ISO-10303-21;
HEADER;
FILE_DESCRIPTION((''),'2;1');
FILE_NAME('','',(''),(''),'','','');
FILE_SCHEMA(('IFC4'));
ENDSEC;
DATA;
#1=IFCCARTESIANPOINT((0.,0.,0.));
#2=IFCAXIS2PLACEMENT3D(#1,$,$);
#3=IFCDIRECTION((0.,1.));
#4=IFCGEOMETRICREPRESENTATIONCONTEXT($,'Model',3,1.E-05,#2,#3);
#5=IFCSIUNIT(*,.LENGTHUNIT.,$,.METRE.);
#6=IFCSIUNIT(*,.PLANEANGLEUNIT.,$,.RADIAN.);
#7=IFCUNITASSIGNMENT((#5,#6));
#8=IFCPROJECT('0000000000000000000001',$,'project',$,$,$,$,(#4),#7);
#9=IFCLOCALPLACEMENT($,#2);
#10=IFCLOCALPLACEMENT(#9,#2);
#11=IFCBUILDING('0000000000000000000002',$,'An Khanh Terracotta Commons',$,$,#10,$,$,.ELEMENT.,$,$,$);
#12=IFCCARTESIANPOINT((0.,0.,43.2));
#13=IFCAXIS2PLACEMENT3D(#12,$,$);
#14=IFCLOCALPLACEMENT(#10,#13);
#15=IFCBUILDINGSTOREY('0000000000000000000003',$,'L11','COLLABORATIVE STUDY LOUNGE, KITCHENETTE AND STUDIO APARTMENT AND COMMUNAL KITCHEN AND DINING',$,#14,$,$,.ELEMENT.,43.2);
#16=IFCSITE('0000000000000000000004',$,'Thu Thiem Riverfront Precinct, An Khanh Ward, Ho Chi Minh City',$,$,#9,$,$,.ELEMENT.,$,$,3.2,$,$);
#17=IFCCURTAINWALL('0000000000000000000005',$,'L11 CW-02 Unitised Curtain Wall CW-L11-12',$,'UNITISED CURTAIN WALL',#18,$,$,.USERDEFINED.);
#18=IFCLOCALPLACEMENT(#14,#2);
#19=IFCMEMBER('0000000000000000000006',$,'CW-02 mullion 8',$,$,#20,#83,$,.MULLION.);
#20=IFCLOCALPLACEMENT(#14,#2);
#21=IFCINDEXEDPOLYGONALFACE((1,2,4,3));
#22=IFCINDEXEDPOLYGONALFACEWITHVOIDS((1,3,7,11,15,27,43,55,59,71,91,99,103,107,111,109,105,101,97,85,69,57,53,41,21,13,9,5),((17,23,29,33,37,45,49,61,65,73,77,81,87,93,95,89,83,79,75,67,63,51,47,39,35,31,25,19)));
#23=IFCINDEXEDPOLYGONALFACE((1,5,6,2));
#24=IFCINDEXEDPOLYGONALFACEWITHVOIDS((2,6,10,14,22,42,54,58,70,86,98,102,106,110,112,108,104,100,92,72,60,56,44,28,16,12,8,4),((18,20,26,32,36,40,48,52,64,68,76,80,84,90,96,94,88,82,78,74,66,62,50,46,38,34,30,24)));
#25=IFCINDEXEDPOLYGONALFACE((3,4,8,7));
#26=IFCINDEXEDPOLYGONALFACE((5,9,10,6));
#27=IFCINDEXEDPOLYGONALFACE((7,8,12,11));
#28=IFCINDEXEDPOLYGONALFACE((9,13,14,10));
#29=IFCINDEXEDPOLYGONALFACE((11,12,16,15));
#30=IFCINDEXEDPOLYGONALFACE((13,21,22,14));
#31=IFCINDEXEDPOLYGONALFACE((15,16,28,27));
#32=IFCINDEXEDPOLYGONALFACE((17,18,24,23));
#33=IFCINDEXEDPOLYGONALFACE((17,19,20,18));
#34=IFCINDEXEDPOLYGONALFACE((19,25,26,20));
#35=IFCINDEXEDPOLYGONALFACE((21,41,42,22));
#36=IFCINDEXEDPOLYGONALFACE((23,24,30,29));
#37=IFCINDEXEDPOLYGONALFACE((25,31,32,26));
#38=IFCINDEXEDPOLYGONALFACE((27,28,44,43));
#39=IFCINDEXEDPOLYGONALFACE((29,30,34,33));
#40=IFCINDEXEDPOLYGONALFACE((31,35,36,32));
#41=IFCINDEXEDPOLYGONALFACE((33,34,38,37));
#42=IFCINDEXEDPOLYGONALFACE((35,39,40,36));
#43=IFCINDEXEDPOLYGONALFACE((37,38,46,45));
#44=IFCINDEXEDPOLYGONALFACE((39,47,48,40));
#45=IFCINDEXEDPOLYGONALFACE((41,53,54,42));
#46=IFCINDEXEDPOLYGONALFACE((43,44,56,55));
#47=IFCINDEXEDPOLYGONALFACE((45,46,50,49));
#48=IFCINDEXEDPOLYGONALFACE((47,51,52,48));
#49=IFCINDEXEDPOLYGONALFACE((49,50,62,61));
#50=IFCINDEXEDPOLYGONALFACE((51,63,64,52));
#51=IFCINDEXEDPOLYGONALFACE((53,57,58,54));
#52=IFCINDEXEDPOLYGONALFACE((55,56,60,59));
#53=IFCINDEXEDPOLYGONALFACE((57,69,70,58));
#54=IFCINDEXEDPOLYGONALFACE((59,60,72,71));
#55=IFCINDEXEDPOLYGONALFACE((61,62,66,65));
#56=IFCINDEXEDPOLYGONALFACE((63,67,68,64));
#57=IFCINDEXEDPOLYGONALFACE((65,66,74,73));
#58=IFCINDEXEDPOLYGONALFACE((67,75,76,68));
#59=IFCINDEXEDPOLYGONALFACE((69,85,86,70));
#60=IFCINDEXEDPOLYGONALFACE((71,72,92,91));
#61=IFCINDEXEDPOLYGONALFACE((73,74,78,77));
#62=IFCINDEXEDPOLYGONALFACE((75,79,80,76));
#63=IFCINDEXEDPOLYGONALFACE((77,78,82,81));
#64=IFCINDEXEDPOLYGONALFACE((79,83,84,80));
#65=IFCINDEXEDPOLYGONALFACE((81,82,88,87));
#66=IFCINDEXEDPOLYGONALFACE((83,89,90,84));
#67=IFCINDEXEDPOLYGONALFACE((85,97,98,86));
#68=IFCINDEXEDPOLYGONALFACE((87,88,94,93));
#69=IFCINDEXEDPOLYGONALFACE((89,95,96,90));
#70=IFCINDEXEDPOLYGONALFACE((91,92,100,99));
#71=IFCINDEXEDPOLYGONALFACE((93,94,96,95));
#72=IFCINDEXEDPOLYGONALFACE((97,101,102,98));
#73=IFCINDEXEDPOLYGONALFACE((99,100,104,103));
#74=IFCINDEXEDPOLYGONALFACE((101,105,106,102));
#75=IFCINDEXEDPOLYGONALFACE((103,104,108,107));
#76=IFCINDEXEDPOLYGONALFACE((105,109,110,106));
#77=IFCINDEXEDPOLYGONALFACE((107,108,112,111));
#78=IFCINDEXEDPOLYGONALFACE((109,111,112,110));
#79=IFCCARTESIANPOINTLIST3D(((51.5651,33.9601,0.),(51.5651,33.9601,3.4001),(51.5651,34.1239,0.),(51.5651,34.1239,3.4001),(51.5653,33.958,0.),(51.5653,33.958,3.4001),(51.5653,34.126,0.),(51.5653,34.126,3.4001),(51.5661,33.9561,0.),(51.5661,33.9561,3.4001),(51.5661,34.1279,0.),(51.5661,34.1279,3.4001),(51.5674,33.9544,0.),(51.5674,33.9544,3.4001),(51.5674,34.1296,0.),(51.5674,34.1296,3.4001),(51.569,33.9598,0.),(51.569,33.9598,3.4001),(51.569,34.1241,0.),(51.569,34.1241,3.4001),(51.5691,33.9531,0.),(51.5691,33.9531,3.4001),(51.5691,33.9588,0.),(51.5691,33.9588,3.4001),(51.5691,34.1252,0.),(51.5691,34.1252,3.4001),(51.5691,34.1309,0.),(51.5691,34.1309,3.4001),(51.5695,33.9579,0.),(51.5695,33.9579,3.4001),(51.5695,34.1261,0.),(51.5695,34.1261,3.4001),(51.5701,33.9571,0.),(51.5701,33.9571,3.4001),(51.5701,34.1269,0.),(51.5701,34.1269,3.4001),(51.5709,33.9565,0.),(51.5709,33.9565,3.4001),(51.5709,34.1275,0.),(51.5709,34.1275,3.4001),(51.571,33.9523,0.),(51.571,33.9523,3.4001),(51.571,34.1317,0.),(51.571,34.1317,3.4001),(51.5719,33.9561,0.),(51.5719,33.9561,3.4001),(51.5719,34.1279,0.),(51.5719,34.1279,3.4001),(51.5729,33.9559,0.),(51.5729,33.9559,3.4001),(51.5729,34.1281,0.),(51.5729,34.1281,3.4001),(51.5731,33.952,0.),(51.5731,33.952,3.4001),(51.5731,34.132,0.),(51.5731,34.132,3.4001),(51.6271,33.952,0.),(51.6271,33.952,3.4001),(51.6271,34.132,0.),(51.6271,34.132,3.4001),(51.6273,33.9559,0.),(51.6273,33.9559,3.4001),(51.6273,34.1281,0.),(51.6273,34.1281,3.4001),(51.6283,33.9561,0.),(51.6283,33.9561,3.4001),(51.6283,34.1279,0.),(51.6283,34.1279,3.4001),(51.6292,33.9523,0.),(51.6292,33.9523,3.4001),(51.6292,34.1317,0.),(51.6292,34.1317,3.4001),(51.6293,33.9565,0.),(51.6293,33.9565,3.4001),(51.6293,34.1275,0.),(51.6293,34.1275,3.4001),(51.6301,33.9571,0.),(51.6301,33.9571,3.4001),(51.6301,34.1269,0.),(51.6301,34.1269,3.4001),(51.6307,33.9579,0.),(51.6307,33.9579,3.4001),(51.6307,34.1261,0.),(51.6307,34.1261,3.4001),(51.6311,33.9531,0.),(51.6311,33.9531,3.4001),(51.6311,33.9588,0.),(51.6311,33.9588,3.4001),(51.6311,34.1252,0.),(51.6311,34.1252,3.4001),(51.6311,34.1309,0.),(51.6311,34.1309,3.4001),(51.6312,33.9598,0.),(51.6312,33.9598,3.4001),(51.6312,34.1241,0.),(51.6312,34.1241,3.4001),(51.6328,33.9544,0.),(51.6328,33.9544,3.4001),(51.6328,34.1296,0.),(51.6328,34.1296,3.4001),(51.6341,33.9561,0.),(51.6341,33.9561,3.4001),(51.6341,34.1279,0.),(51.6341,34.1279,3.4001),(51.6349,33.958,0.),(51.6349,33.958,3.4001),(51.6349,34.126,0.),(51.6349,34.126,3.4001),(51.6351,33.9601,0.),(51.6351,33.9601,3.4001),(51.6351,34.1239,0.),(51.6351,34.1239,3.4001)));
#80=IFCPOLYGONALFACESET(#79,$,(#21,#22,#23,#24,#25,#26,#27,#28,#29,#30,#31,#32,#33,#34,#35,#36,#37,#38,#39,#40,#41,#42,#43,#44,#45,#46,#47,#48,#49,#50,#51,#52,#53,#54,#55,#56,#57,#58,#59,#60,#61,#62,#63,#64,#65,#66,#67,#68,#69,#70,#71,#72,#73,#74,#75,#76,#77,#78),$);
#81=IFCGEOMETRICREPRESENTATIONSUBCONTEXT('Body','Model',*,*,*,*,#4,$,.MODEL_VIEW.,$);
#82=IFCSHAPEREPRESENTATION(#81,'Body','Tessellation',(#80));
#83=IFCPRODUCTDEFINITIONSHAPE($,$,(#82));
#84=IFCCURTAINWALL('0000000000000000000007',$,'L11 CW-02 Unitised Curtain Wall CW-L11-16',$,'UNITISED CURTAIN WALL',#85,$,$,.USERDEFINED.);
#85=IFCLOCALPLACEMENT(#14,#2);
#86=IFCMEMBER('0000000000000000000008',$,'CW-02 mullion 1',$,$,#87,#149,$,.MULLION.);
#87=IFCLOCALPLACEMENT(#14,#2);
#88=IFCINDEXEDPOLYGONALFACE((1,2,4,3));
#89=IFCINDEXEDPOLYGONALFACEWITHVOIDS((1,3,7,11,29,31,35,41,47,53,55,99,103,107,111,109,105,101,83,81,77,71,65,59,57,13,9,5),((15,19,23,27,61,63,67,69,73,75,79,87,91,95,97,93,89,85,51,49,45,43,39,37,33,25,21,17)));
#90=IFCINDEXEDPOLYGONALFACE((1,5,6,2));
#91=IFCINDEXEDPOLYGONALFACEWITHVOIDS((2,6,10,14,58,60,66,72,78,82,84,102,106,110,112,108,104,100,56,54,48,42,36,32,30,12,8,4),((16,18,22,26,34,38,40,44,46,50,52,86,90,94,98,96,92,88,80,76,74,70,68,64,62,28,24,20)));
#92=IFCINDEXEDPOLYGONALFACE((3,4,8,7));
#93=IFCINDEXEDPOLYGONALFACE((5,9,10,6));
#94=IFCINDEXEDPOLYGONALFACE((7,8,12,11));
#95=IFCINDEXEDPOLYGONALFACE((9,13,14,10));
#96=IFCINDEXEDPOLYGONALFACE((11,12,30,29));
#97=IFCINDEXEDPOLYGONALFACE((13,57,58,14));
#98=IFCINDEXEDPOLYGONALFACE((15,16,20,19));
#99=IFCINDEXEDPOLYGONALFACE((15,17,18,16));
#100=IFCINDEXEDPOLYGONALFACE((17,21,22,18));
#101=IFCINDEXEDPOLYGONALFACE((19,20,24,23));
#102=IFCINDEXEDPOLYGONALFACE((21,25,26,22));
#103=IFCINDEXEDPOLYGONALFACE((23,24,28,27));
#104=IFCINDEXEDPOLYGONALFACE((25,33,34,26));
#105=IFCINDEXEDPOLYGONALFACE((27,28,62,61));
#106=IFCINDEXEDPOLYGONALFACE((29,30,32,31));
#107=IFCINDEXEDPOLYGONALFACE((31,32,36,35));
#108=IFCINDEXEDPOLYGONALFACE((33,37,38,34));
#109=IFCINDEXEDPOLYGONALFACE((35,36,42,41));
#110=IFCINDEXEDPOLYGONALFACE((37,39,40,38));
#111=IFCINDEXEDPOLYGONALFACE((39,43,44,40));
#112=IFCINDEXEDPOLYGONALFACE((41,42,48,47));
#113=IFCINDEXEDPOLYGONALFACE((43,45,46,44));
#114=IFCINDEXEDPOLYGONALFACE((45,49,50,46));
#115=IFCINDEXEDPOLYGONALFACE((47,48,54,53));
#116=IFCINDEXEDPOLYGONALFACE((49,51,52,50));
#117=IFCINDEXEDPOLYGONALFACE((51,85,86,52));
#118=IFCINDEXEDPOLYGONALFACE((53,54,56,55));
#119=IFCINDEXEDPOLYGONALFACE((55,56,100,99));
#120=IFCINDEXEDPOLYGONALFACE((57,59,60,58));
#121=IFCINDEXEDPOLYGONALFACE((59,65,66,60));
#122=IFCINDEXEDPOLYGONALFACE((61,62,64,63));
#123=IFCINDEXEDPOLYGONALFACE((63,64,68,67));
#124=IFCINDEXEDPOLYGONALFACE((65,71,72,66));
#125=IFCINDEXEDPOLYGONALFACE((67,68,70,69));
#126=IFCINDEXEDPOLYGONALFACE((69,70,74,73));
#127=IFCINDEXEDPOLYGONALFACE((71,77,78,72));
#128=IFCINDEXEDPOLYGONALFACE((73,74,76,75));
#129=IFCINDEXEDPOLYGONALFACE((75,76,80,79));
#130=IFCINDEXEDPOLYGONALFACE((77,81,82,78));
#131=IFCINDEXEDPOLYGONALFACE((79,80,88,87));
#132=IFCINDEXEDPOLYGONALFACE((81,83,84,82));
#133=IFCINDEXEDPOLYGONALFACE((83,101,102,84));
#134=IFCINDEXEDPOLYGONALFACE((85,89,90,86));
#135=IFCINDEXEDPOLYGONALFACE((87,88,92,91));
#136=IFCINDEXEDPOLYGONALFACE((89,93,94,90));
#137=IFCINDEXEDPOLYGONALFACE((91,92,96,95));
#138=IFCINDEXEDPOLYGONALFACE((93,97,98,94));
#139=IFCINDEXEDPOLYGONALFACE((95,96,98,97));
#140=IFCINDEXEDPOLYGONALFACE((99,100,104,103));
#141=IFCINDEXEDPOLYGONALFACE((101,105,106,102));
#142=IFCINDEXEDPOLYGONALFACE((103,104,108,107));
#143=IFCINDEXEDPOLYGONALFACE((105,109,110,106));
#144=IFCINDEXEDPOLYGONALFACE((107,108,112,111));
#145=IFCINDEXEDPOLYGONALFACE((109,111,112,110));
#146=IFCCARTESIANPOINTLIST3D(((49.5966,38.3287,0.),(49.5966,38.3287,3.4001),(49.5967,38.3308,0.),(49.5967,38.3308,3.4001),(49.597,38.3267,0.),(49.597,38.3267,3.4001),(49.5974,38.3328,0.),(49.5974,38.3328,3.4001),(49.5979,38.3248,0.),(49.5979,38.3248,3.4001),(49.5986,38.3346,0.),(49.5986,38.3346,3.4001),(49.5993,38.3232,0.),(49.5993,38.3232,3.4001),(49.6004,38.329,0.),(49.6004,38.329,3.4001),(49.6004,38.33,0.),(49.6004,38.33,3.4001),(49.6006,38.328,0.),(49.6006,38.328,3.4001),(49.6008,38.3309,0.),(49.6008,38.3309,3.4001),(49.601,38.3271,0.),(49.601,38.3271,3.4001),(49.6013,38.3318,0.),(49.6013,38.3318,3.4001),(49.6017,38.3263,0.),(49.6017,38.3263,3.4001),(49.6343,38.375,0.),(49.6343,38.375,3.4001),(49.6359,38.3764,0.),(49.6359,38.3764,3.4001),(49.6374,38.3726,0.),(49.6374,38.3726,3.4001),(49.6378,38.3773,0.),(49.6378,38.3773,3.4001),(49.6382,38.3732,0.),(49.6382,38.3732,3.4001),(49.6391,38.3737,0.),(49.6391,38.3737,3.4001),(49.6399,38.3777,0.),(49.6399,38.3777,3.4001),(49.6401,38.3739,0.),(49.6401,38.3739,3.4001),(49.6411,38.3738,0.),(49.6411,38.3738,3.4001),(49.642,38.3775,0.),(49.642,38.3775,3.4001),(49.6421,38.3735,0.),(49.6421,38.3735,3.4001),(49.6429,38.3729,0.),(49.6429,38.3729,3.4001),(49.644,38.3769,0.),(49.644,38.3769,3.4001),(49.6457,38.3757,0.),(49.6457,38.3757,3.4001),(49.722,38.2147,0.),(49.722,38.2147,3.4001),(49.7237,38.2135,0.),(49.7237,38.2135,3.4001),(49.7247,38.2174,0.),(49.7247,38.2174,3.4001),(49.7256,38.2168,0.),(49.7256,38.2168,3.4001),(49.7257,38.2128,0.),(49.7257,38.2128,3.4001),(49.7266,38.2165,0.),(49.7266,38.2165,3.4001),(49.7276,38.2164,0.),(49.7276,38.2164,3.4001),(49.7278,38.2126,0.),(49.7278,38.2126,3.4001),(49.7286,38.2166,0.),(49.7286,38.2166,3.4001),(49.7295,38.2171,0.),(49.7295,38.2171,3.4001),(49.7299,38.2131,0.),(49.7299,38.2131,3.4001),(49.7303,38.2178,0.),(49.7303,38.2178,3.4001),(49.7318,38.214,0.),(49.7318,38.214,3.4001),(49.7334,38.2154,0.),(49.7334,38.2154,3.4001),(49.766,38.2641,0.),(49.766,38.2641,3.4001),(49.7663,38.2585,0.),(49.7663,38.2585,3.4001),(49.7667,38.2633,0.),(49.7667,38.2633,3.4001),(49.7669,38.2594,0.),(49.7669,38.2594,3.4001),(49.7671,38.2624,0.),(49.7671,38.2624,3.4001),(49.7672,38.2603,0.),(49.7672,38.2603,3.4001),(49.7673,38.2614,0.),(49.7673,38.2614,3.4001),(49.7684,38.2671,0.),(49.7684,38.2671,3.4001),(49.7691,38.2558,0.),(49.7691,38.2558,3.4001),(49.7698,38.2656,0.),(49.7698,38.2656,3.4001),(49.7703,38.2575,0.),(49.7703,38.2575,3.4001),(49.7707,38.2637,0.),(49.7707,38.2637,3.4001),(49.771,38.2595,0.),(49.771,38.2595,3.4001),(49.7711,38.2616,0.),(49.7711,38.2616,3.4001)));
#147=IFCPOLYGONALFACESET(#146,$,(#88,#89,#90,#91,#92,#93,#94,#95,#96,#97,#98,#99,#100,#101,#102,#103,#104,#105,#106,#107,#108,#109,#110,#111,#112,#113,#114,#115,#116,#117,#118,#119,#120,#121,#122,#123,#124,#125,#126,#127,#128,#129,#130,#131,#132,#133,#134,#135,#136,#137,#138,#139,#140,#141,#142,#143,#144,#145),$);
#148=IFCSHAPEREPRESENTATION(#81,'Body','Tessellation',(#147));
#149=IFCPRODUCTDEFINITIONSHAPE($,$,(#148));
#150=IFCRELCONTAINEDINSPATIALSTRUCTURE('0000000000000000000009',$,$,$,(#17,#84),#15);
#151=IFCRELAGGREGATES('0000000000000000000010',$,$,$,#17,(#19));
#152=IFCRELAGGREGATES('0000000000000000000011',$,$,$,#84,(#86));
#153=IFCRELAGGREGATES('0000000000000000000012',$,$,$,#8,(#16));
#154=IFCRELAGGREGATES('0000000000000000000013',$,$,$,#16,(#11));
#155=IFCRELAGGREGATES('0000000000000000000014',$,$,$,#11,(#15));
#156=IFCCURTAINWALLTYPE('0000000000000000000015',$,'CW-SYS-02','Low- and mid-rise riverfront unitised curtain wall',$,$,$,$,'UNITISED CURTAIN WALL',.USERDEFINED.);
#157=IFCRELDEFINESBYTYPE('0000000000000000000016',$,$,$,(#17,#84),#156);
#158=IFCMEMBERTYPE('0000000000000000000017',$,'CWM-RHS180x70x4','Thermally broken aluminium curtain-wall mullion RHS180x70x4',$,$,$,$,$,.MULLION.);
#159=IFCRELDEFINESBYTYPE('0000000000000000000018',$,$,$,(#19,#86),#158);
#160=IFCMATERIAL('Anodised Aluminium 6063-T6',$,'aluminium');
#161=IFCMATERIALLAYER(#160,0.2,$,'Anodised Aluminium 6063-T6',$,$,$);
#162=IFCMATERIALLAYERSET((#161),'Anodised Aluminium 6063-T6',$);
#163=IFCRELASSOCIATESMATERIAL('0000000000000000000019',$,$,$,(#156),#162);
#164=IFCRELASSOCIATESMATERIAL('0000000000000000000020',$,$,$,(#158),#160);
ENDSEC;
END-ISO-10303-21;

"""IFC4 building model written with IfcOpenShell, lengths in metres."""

from ifc_helpers import new_model, si_unit, direction, frame, origin, origin_2d, place, context, subcontext, project, spatial, hollow_rectangle, extrude, material, layer, layer_set, material_profile, profile_set, type_object, element, aggregate, save


model = new_model("IFC4")

# Units and contexts
model_context = context("Model", 3, precision=1e-05, world=origin(), true_north=direction((0.0, 1.0)))
body_context = subcontext(model_context, "Body", "Model", "MODEL_VIEW")
ifc_project = project(units=[si_unit("LENGTHUNIT", "METRE"), si_unit("PLANEANGLEUNIT", "RADIAN")], contexts=[model_context])

# Site, building, storey
site_placement = place(None, origin())
site = spatial("IfcSite", under=ifc_project, at=site_placement, Name="Thu Thiem Riverfront Precinct, An Khanh Ward, Ho Chi Minh City", CompositionType="ELEMENT", RefElevation=3.2)
building_placement = place(site_placement, origin())
building = spatial("IfcBuilding", under=site, at=building_placement, Name="An Khanh Terracotta Commons", CompositionType="ELEMENT")
storey_placement = place(building_placement, frame((0.0, 0.0, 43.2)))
storey = spatial("IfcBuildingStorey", under=building, at=storey_placement, Name="L11", Description="COLLABORATIVE STUDY LOUNGE, KITCHENETTE AND STUDIO APARTMENT AND COMMUNAL KITCHEN AND DINING", CompositionType="ELEMENT", Elevation=43.2)

# Curtain wall, member
ifc_material_1 = material(Name="Anodised Aluminium 6063-T6", Category="aluminium")
ifc_layer_1 = layer(ifc_material_1, 0.2, Name="Anodised Aluminium 6063-T6")
ifc_layer_set_1 = layer_set([ifc_layer_1], Name="Anodised Aluminium 6063-T6")
curtain_wall_type = type_object("IfcCurtainWallType", Name="CW-SYS-02", Description="Low- and mid-rise riverfront unitised curtain wall", ElementType="UNITISED CURTAIN WALL", PredefinedType="USERDEFINED", material=ifc_layer_set_1)
curtain_wall_1_placement = place(storey_placement, origin())
curtain_wall_1 = element("IfcCurtainWall", 1, at=curtain_wall_1_placement, inside=storey, type_object=curtain_wall_type, Name="L11 CW-02 Unitised Curtain Wall CW-L11-12", ObjectType="UNITISED CURTAIN WALL", PredefinedType="USERDEFINED")
ifc_material_profile_1 = material_profile(ifc_material_1, hollow_rectangle(XDim=0.0701, YDim=0.1799, WallThickness=0.0039, InnerFilletRadius=0.0039, OuterFilletRadius=0.0081, at=origin_2d()), Name="RHS180x70x4")
ifc_profile_set_1 = profile_set([ifc_material_profile_1], Name="Anodised Aluminium 6063-T6")
member_type_1 = type_object("IfcMemberType", Name="CWM-RHS180x70x4", Description="Thermally broken aluminium curtain-wall mullion RHS180x70x4", PredefinedType="MULLION", material=ifc_profile_set_1)
member_1_placement = place(storey_placement, frame((51.6001, 34.042, 0.0), z_axis=(0.0, 0.0, 1.0), x_axis=(-1.0, 0.0, 0.0)))
member_1 = element("IfcMember", 2, at=member_1_placement, type_object=member_type_1, Name="CW-02 mullion 8", PredefinedType="MULLION", context=body_context, shape_type="SweptSolid", body=[
    extrude(hollow_rectangle(XDim=0.0701, YDim=0.1799, WallThickness=0.0039, InnerFilletRadius=0.0039, OuterFilletRadius=0.0081, at=origin_2d()), origin(), (0.0, 0.0, 1.0), 3.4001),
])
aggregate(curtain_wall_1, [member_1])

# Curtain wall, member
curtain_wall_2_placement = place(storey_placement, origin())
curtain_wall_2 = element("IfcCurtainWall", 3, at=curtain_wall_2_placement, inside=storey, type_object=curtain_wall_type, Name="L11 CW-02 Unitised Curtain Wall CW-L11-16", ObjectType="UNITISED CURTAIN WALL", PredefinedType="USERDEFINED")
member_2_placement = place(storey_placement, frame((49.6838, 38.2952, 0.0), z_axis=(0.0, 0.0, 1.0), x_axis=(-0.662548, -0.749019, 0.0)))
member_2 = element("IfcMember", 4, at=member_2_placement, type_object=member_type_1, Name="CW-02 mullion 1", PredefinedType="MULLION", context=body_context, shape_type="SweptSolid", body=[
    extrude(hollow_rectangle(XDim=0.0701, YDim=0.1799, WallThickness=0.0039, InnerFilletRadius=0.0039, OuterFilletRadius=0.0081, at=origin_2d()), origin(), (0.0, 0.0, 1.0), 3.4001),
])
aggregate(curtain_wall_2, [member_2])

save(model, "model.ifc")
